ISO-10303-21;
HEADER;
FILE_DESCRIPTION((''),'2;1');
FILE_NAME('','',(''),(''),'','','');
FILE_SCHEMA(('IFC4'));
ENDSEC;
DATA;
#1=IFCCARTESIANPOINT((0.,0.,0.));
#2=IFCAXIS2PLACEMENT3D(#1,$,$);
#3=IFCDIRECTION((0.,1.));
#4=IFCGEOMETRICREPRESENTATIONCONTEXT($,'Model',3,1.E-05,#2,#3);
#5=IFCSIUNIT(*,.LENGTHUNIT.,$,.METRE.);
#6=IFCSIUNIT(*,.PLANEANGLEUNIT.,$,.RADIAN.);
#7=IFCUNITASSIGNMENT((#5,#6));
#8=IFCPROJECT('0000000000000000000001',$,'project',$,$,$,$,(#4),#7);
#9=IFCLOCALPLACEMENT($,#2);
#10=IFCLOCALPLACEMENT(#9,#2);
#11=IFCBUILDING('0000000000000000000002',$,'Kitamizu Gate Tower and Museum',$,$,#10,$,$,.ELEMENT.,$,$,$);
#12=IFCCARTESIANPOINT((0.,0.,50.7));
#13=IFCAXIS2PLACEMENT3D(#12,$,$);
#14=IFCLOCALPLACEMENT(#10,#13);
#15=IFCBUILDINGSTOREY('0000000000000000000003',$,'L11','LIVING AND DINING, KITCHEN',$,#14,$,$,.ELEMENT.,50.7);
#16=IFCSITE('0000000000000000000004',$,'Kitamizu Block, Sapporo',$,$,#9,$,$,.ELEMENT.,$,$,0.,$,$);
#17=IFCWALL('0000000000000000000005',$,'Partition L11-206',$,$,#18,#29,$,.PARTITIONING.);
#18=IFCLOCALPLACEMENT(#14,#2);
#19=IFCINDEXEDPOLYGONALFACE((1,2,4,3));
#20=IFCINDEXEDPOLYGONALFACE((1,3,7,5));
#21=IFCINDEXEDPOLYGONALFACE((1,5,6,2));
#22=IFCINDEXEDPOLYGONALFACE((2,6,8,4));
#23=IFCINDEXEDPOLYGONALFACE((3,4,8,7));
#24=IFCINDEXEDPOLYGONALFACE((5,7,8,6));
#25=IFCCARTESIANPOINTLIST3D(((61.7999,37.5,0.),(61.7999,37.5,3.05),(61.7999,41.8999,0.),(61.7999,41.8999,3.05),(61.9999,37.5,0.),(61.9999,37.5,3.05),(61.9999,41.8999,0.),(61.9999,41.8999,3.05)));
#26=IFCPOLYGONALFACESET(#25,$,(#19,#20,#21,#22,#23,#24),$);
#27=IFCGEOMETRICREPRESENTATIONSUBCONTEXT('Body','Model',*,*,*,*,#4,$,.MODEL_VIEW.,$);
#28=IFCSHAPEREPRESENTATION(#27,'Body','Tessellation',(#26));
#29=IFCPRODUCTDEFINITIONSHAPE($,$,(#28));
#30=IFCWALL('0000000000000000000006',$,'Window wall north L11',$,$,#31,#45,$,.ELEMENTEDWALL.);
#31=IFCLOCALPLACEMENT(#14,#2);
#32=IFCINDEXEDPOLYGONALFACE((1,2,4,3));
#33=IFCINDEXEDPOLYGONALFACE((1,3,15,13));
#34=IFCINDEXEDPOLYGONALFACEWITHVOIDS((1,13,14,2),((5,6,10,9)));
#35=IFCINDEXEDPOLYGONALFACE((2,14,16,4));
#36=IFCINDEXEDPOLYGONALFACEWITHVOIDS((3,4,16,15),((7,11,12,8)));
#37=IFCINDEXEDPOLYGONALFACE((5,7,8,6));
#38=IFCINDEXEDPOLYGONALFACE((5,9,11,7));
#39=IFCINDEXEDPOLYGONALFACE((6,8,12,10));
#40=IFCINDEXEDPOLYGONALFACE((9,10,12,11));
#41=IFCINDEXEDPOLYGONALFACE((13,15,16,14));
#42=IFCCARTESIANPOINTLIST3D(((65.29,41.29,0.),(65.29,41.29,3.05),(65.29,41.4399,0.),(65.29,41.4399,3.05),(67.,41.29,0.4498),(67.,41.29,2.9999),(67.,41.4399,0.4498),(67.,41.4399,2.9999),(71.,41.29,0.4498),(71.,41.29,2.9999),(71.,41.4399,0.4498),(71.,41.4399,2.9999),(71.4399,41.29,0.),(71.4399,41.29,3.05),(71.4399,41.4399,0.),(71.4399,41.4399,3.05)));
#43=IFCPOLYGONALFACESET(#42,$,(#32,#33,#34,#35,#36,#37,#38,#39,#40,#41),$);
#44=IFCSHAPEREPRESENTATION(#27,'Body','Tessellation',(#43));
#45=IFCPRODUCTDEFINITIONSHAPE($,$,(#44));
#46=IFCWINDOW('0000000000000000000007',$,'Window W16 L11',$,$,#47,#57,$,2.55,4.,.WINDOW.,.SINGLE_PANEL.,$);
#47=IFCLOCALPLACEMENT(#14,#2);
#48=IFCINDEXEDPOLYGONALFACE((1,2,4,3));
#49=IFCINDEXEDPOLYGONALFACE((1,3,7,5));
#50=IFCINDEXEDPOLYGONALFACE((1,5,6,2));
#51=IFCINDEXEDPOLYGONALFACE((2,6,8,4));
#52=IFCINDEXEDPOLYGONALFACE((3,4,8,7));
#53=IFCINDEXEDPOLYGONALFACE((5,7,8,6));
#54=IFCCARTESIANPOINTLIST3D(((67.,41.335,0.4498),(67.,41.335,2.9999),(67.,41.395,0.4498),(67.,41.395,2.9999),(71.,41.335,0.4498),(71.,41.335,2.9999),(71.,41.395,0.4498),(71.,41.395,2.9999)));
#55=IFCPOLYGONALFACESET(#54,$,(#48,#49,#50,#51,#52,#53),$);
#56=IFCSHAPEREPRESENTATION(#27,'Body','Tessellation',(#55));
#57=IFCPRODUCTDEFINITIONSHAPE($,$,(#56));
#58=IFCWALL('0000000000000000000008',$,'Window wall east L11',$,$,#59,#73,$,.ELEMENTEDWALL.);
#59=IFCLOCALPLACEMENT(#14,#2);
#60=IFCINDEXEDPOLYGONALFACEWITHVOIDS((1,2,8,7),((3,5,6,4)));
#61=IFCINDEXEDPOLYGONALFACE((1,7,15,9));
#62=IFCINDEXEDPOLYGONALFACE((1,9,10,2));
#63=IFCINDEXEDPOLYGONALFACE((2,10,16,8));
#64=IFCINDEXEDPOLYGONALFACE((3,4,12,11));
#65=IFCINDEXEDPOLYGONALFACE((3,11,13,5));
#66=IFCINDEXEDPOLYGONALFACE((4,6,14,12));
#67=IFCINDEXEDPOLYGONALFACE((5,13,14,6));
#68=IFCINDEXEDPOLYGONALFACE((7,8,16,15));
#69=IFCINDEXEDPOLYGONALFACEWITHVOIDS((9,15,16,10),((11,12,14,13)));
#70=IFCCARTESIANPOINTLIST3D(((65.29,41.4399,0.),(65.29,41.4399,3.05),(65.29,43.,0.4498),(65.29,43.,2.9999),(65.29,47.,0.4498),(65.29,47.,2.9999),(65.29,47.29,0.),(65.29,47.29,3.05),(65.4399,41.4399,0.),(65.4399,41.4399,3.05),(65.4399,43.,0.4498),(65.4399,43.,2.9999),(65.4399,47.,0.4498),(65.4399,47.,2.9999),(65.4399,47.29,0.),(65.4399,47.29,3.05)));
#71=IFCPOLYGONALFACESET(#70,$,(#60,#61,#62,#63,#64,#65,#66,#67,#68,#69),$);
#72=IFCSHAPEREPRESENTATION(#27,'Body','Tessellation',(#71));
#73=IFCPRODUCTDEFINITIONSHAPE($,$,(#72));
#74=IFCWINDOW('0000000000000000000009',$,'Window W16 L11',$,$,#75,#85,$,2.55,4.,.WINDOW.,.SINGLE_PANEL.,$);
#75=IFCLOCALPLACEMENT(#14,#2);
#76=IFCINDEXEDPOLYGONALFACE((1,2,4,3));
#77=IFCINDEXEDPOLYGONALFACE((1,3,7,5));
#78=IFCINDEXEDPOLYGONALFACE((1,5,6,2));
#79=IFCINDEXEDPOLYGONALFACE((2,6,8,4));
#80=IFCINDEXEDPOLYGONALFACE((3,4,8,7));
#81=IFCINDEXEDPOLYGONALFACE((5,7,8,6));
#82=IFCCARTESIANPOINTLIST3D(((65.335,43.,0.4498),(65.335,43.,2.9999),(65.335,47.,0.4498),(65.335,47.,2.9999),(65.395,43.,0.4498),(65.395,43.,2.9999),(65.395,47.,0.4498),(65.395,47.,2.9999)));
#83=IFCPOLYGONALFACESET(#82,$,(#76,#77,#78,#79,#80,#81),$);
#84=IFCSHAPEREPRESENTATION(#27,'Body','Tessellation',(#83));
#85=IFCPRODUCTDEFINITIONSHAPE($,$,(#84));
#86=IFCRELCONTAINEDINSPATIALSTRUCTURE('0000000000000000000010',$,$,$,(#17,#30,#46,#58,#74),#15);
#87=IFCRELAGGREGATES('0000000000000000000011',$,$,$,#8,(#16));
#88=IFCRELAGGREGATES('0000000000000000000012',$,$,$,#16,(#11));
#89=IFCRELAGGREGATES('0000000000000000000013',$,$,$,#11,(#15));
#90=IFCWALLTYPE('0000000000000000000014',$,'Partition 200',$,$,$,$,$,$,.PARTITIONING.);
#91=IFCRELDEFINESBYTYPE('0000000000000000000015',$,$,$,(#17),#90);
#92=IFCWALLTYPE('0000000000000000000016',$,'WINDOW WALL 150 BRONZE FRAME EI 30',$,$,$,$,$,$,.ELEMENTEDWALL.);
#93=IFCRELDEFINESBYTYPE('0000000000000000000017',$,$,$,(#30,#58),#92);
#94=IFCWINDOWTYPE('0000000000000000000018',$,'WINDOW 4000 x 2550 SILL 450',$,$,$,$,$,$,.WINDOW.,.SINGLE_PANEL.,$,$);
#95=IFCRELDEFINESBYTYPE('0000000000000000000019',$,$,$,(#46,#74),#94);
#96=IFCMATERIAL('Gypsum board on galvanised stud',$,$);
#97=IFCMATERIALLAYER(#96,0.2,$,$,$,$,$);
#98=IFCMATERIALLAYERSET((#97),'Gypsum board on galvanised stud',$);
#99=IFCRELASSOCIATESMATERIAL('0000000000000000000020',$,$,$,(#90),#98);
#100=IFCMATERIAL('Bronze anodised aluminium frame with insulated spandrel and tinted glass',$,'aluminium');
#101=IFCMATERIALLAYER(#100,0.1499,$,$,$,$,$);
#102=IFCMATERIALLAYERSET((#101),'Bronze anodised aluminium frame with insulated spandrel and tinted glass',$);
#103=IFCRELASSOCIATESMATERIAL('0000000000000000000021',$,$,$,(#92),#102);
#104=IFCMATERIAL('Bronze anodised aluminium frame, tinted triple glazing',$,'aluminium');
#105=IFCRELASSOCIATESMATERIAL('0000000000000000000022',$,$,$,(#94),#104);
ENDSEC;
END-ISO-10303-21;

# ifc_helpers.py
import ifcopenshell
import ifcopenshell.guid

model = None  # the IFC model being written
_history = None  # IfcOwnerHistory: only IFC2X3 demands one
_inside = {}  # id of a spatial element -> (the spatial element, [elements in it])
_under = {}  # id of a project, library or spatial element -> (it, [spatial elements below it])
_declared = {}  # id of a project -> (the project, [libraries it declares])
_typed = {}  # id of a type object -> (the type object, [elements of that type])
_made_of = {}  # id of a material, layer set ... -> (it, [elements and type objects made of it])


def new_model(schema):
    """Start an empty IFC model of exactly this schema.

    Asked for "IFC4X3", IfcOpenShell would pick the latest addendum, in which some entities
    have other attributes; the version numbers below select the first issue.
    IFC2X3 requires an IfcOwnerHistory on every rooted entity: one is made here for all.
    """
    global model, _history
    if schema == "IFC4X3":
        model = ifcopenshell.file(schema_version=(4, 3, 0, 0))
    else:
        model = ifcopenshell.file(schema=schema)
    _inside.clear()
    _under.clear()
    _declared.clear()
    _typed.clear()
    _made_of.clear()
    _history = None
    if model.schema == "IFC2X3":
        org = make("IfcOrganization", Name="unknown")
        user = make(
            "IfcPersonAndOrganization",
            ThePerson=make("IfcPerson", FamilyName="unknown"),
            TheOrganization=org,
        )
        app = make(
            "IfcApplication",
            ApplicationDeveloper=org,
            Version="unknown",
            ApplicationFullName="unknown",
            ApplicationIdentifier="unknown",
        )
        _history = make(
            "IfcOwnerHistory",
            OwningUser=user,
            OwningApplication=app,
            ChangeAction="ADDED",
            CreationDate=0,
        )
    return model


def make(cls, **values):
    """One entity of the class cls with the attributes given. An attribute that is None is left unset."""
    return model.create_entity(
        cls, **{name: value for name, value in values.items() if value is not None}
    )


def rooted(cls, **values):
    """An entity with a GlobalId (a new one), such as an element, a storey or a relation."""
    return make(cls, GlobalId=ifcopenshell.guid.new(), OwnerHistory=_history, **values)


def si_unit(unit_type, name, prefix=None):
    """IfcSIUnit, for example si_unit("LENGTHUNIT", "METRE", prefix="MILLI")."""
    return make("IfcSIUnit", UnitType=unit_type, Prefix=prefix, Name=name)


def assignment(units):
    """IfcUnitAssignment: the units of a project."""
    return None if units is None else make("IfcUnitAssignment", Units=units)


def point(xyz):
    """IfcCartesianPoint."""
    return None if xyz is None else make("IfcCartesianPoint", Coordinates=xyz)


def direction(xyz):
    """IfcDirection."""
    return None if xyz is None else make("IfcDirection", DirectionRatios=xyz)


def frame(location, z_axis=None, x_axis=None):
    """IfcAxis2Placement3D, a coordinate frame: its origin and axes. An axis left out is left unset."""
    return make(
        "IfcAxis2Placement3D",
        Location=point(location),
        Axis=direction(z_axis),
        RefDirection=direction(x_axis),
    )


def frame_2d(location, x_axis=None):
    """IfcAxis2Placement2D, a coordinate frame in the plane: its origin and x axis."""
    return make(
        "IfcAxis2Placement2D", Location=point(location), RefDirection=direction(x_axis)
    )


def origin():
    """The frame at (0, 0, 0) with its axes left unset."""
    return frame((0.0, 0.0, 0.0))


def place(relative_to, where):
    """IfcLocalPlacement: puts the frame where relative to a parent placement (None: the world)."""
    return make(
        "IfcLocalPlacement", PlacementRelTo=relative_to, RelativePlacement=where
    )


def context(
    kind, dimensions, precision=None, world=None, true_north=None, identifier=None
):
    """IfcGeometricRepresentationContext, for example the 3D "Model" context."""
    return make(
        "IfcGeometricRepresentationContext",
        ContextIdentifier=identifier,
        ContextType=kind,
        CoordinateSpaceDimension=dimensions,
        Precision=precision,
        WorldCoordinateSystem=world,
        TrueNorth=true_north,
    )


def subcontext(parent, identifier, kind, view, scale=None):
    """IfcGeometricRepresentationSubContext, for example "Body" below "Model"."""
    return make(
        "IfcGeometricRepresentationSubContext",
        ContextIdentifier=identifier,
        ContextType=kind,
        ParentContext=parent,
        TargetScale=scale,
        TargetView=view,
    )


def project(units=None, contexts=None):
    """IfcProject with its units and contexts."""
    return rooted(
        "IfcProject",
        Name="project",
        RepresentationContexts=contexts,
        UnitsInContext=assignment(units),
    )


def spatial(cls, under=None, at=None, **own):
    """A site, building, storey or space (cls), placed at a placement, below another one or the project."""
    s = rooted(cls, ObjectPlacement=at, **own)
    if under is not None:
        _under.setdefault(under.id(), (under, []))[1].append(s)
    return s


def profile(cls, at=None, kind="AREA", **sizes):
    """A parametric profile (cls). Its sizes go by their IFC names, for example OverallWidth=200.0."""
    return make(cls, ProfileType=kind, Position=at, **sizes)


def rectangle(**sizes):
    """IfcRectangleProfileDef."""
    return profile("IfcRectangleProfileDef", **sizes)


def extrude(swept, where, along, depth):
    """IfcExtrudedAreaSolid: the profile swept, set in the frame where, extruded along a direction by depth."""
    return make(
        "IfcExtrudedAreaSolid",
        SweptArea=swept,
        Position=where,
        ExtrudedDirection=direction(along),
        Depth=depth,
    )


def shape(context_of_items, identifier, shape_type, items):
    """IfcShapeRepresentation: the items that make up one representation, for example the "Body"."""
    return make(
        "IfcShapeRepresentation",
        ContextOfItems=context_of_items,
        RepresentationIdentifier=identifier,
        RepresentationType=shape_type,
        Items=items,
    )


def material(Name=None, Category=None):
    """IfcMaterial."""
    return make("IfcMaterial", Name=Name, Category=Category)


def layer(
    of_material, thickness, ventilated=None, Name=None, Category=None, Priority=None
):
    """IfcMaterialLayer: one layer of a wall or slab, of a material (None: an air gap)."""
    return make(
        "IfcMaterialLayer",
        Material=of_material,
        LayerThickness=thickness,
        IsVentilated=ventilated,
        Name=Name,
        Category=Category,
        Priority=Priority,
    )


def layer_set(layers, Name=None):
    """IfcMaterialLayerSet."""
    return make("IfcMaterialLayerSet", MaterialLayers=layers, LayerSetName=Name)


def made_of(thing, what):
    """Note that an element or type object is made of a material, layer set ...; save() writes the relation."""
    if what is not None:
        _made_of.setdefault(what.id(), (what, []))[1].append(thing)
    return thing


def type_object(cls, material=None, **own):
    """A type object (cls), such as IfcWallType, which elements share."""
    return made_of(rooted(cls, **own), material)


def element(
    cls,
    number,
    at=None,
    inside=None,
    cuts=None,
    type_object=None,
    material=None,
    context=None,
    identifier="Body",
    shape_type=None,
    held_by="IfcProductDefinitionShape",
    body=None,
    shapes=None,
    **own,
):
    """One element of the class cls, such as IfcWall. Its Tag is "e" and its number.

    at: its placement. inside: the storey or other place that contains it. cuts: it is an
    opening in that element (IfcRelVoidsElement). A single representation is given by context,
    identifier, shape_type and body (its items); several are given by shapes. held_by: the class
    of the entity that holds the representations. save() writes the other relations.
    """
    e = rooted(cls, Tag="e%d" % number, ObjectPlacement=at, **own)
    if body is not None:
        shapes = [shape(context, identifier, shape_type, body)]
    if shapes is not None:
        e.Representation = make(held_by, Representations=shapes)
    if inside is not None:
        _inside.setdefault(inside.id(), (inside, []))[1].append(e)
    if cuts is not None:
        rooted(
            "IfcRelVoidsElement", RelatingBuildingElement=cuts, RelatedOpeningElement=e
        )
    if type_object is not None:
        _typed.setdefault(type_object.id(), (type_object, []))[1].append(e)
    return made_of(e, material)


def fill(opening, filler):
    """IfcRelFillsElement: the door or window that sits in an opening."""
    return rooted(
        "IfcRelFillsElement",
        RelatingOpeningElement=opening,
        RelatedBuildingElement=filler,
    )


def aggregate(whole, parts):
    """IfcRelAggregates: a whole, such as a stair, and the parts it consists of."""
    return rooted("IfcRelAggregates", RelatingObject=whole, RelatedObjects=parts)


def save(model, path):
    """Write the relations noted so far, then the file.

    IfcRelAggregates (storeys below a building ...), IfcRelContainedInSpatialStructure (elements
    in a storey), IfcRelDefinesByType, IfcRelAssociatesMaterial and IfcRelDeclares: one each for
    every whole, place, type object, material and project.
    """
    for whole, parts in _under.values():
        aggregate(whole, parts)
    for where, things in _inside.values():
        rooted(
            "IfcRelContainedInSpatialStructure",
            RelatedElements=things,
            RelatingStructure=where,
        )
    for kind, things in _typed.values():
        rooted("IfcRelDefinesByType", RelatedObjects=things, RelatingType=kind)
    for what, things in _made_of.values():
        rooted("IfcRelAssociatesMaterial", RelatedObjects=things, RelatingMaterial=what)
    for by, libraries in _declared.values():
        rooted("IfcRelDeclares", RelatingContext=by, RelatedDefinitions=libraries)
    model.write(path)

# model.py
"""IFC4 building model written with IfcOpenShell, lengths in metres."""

from ifc_helpers import new_model, si_unit, direction, frame, frame_2d, origin, place, context, subcontext, project, spatial, rectangle, extrude, material, layer, layer_set, type_object, element, fill, save


model = new_model("IFC4")

# Units and contexts
model_context = context("Model", 3, precision=1e-05, world=origin(), true_north=direction((0.0, 1.0)))
body_context = subcontext(model_context, "Body", "Model", "MODEL_VIEW")
ifc_project = project(units=[si_unit("LENGTHUNIT", "METRE"), si_unit("PLANEANGLEUNIT", "RADIAN")], contexts=[model_context])

# Site, building, storey
site_placement = place(None, origin())
site = spatial("IfcSite", under=ifc_project, at=site_placement, Name="Kitamizu Block, Sapporo", CompositionType="ELEMENT", RefElevation=0.0)
building_placement = place(site_placement, origin())
building = spatial("IfcBuilding", under=site, at=building_placement, Name="Kitamizu Gate Tower and Museum", CompositionType="ELEMENT")
storey_placement = place(building_placement, frame((0.0, 0.0, 50.7)))
storey = spatial("IfcBuildingStorey", under=building, at=storey_placement, Name="L11", Description="LIVING AND DINING, KITCHEN", CompositionType="ELEMENT", Elevation=50.7)

# Wall
ifc_material_1 = material(Name="Gypsum board on galvanised stud")
ifc_layer_1 = layer(ifc_material_1, 0.2)
ifc_layer_set_1 = layer_set([ifc_layer_1], Name="Gypsum board on galvanised stud")
wall_type_1 = type_object("IfcWallType", Name="Partition 200", PredefinedType="PARTITIONING", material=ifc_layer_set_1)
wall_1_placement = place(storey_placement, frame((61.8999, 41.8999, 0.0), z_axis=(0.0, 0.0, 1.0), x_axis=(0.0, -1.0, 0.0)))
element("IfcWall", 1, at=wall_1_placement, inside=storey, type_object=wall_type_1, Name="Partition L11-206", PredefinedType="PARTITIONING", context=body_context, shape_type="SweptSolid", body=[
    extrude(rectangle(XDim=4.3999, YDim=0.2, at=frame_2d((2.2, 0.0))), origin(), (0.0, 0.0, 1.0), 3.05),
])

# Walls, openings, windows
ifc_material_2 = material(Name="Bronze anodised aluminium frame with insulated spandrel and tinted glass", Category="aluminium")
ifc_layer_2 = layer(ifc_material_2, 0.1499)
ifc_layer_set_2 = layer_set([ifc_layer_2], Name="Bronze anodised aluminium frame with insulated spandrel and tinted glass")
wall_type_2 = type_object("IfcWallType", Name="WINDOW WALL 150 BRONZE FRAME EI 30", PredefinedType="ELEMENTEDWALL", material=ifc_layer_set_2)
wall_2_placement = place(storey_placement, frame((65.29, 41.365, 0.0), z_axis=(0.0, 0.0, 1.0), x_axis=(1.0, 0.0, 0.0)))
wall_2 = element("IfcWall", 2, at=wall_2_placement, inside=storey, type_object=wall_type_2, Name="Window wall north L11", PredefinedType="ELEMENTEDWALL", context=body_context, shape_type="SweptSolid", body=[
    extrude(rectangle(XDim=6.1499, YDim=0.1499, at=frame_2d((3.075, 0.0))), origin(), (0.0, 0.0, 1.0), 3.05),
])
opening_1_placement = place(wall_2_placement, frame((1.71, 0.0, 0.45)))
opening_1 = element("IfcOpeningElement", 3, at=opening_1_placement, cuts=wall_2, PredefinedType="OPENING", context=body_context, shape_type="SweptSolid", body=[
    extrude(rectangle(XDim=4.0, YDim=2.55, at=frame_2d((2.0, 1.2749))), frame((0.0, 0.085, 0.0), z_axis=(0.0, -1.0, 0.0), x_axis=(1.0, 0.0, 0.0)), (0.0, 0.0, 1.0), 0.1699),
])
ifc_material_3 = material(Name="Bronze anodised aluminium frame, tinted triple glazing", Category="aluminium")
window_type = type_object("IfcWindowType", Name="WINDOW 4000 x 2550 SILL 450", PartitioningType="SINGLE_PANEL", PredefinedType="WINDOW", material=ifc_material_3)
window_1_placement = place(opening_1_placement, origin())
window_1 = element("IfcWindow", 4, at=window_1_placement, inside=storey, type_object=window_type, Name="Window W16 L11", OverallHeight=2.55, OverallWidth=4.0, PartitioningType="SINGLE_PANEL", PredefinedType="WINDOW", context=body_context, shape_type="SweptSolid", body=[
    extrude(rectangle(XDim=4.0, YDim=2.55, at=frame_2d((2.0, 1.2749))), frame((0.0, 0.03, 0.0), z_axis=(0.0, -1.0, 0.0), x_axis=(1.0, 0.0, 0.0)), (0.0, 0.0, 1.0), 0.0601),
])
fill(opening_1, window_1)
wall_3_placement = place(storey_placement, frame((65.365, 41.4399, 0.0), z_axis=(0.0, 0.0, 1.0), x_axis=(0.0, 1.0, 0.0)))
wall_3 = element("IfcWall", 5, at=wall_3_placement, inside=storey, type_object=wall_type_2, Name="Window wall east L11", PredefinedType="ELEMENTEDWALL", context=body_context, shape_type="SweptSolid", body=[
    extrude(rectangle(XDim=5.8501, YDim=0.1499, at=frame_2d((2.925, 0.0))), origin(), (0.0, 0.0, 1.0), 3.05),
])
opening_2_placement = place(wall_3_placement, frame((1.5601, 0.0, 0.45)))
opening_2 = element("IfcOpeningElement", 6, at=opening_2_placement, cuts=wall_3, PredefinedType="OPENING", context=body_context, shape_type="SweptSolid", body=[
    extrude(rectangle(XDim=4.0, YDim=2.55, at=frame_2d((2.0, 1.2749))), frame((0.0, 0.085, 0.0), z_axis=(0.0, -1.0, 0.0), x_axis=(1.0, 0.0, 0.0)), (0.0, 0.0, 1.0), 0.1699),
])
window_2_placement = place(opening_2_placement, origin())
window_2 = element("IfcWindow", 7, at=window_2_placement, inside=storey, type_object=window_type, Name="Window W16 L11", OverallHeight=2.55, OverallWidth=4.0, PartitioningType="SINGLE_PANEL", PredefinedType="WINDOW", context=body_context, shape_type="SweptSolid", body=[
    extrude(rectangle(XDim=4.0, YDim=2.55, at=frame_2d((2.0, 1.2749))), frame((0.0, 0.03, 0.0), z_axis=(0.0, -1.0, 0.0), x_axis=(1.0, 0.0, 0.0)), (0.0, 0.0, 1.0), 0.0601),
])
fill(opening_2, window_2)

save(model, "model.ifc")
